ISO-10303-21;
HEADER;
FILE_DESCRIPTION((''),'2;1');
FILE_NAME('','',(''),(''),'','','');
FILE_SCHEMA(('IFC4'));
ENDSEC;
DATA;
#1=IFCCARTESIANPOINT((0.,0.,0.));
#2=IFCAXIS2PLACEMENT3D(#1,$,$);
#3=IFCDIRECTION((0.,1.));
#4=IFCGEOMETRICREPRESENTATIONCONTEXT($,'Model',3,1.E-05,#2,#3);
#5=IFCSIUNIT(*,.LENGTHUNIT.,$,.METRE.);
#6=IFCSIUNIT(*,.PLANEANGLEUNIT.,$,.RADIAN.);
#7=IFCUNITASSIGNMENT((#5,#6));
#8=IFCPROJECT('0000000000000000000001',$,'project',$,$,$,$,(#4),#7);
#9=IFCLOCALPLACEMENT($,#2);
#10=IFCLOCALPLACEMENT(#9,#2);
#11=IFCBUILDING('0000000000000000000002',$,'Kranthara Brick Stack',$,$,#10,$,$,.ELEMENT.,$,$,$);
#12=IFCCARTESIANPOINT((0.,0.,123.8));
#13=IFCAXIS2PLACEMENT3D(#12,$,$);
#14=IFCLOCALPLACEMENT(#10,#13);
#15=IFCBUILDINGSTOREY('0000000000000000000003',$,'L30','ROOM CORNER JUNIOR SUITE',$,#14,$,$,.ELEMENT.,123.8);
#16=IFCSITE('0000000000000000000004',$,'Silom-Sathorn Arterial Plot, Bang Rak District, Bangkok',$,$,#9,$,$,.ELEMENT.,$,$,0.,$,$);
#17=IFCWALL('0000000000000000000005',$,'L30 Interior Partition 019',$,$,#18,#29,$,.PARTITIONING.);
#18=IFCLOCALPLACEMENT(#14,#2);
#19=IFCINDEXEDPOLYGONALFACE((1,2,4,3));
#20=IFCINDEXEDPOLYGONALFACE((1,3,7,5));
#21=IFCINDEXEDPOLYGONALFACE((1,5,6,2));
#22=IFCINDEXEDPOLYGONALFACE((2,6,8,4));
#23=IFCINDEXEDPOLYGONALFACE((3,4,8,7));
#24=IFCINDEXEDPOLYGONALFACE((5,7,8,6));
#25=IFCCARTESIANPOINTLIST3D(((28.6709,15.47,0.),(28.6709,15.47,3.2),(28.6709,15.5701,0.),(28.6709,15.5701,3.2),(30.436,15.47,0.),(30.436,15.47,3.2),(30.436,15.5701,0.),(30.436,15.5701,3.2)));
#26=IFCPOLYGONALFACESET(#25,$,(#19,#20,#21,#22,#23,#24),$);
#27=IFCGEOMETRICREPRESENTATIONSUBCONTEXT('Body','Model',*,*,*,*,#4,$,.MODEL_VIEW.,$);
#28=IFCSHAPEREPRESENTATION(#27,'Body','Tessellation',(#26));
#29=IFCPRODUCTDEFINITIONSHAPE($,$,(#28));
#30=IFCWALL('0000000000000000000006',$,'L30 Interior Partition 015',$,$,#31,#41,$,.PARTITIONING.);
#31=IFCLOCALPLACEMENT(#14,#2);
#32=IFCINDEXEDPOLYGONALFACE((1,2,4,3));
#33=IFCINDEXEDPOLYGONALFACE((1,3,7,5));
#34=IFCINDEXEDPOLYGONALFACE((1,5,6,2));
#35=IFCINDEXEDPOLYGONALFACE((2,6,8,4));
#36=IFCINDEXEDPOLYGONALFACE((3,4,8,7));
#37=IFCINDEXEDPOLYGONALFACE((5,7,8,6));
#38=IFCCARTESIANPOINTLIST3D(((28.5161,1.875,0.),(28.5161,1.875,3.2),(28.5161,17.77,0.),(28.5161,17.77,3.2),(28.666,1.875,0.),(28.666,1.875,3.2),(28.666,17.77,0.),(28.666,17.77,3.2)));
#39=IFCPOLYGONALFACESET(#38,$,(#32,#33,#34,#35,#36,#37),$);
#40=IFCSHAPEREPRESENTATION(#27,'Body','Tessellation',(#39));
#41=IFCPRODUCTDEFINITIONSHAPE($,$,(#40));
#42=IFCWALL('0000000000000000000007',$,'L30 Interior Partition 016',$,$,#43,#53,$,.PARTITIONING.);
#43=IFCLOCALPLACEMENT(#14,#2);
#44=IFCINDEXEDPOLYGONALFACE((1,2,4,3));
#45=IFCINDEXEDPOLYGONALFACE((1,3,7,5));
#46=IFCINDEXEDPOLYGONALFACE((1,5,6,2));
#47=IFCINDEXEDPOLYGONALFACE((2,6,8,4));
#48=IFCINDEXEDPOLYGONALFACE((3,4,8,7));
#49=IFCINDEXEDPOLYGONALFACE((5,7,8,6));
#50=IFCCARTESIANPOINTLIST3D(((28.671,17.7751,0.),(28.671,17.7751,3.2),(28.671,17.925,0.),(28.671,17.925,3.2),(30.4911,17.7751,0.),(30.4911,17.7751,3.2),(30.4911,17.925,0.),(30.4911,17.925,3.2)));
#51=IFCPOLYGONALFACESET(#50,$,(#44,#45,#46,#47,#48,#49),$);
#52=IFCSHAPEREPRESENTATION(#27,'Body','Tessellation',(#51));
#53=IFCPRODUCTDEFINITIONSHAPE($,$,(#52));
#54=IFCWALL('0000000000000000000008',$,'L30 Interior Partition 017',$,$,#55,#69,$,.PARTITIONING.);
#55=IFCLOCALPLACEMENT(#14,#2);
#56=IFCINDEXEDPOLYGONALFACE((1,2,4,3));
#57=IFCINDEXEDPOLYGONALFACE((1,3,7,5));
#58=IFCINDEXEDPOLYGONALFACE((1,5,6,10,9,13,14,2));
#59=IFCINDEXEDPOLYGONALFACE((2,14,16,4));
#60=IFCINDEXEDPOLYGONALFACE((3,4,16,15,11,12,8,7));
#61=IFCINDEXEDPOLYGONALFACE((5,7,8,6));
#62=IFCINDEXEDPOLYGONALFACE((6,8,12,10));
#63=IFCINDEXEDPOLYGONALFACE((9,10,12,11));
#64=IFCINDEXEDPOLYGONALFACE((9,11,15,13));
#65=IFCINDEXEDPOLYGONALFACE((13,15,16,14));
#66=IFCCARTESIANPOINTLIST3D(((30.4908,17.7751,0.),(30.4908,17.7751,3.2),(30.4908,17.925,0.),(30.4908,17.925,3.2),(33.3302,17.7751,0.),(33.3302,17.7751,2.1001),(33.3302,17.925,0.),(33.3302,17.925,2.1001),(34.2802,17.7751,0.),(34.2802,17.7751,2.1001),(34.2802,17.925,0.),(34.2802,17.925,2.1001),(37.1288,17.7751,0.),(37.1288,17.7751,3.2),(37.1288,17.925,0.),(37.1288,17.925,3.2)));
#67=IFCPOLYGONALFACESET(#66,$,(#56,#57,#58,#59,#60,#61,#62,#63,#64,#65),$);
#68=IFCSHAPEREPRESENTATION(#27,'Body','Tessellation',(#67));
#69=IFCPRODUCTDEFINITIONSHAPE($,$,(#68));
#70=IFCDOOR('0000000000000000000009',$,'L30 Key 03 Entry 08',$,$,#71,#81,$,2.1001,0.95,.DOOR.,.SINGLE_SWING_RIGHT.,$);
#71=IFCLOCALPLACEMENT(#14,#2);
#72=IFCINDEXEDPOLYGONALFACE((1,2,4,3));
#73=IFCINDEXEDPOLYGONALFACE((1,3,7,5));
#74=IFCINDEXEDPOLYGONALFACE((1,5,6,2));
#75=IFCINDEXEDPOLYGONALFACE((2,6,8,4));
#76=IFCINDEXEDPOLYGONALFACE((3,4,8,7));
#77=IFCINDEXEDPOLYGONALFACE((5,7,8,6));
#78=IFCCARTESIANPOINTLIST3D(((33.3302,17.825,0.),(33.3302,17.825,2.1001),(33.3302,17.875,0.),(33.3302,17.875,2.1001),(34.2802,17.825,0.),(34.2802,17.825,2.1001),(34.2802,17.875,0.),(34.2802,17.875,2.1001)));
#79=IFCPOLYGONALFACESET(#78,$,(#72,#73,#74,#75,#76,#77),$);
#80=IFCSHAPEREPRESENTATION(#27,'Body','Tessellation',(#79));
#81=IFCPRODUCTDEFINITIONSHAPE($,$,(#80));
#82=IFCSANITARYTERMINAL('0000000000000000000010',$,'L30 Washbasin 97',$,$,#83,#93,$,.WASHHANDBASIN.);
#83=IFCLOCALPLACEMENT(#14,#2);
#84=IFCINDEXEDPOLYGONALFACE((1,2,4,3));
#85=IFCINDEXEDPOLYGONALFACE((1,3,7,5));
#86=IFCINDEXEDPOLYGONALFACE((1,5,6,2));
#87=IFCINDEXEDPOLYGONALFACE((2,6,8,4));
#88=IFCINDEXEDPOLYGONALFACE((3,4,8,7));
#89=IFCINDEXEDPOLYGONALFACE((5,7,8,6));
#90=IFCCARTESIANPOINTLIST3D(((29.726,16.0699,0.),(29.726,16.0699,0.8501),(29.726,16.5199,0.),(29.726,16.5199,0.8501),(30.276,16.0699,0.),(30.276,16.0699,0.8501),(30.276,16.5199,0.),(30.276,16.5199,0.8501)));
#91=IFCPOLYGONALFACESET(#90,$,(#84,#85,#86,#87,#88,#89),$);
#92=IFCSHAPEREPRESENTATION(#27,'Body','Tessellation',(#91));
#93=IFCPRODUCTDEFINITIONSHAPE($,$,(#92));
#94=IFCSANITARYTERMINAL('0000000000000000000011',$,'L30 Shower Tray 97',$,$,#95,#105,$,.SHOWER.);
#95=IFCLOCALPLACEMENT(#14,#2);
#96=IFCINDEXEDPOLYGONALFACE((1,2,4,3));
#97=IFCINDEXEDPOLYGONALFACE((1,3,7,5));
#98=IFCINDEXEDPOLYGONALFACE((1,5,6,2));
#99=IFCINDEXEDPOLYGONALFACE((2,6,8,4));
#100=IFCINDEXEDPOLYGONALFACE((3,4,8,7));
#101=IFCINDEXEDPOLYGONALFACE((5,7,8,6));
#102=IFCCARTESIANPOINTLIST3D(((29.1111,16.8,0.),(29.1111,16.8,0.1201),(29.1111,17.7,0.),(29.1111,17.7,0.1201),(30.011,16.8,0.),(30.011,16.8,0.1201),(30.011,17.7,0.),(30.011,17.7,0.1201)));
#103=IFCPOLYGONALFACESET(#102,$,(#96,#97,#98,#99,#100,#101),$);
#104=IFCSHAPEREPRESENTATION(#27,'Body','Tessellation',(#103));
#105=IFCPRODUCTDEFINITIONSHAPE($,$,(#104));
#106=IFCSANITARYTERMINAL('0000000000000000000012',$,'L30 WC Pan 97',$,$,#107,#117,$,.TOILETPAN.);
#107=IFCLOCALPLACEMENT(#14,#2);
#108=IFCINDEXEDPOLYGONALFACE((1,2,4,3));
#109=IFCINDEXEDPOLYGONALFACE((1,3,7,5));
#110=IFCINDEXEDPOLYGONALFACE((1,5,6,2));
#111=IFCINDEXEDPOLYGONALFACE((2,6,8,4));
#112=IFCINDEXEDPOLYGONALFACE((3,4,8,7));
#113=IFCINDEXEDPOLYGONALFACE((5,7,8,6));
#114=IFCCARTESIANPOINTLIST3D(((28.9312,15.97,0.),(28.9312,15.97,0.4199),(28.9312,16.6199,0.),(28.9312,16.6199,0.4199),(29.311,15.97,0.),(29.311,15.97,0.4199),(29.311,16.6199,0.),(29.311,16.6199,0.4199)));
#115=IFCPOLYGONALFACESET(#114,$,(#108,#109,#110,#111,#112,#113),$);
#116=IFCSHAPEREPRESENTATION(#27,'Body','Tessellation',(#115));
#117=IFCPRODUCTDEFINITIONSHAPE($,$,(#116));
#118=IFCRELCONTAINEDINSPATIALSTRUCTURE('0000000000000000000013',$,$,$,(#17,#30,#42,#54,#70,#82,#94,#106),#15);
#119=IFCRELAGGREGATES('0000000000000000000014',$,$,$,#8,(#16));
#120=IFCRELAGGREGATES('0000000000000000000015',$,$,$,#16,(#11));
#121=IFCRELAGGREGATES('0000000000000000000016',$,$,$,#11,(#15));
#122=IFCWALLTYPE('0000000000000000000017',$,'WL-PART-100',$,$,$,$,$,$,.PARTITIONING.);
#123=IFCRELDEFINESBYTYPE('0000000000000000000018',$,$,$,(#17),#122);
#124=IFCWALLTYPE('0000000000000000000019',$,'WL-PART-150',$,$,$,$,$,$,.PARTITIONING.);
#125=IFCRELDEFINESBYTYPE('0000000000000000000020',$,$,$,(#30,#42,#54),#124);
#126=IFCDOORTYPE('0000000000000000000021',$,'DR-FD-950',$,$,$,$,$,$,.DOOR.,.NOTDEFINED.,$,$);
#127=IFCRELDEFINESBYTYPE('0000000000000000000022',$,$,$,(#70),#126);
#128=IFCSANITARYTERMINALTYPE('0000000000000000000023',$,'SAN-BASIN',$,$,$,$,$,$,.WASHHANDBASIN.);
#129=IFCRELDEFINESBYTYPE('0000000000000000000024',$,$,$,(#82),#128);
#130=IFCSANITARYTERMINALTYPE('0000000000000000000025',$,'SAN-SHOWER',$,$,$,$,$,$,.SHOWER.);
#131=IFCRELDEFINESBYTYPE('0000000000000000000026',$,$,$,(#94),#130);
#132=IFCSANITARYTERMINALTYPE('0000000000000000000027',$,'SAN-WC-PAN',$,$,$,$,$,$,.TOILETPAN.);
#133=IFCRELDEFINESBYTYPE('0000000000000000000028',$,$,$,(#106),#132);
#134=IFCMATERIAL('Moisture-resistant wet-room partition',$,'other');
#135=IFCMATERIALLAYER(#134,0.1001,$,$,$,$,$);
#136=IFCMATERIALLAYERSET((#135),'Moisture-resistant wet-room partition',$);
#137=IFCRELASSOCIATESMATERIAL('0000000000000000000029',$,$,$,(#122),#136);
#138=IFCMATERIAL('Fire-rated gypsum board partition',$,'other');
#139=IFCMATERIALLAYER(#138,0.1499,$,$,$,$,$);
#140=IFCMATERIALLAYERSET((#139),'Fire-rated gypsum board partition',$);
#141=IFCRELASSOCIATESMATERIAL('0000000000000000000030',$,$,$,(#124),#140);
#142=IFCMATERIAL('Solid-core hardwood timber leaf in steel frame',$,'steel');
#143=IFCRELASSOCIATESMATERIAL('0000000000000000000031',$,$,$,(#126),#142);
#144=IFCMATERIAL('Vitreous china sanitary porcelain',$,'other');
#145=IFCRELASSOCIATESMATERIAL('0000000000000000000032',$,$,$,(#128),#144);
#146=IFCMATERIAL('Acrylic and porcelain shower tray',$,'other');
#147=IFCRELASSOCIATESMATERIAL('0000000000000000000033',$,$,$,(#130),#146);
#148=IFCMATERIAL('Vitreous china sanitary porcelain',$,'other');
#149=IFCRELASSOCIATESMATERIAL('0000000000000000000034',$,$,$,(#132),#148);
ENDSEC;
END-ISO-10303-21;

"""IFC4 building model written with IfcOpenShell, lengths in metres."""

from ifc_helpers import new_model, si_unit, direction, frame, frame_2d, origin, origin_2d, place, context, subcontext, project, spatial, rectangle, extrude, material, layer, layer_set, type_object, element, fill, save


model = new_model("IFC4")

# Units and contexts
model_context = context("Model", 3, precision=1e-05, world=origin(), true_north=direction((0.0, 1.0)))
body_context = subcontext(model_context, "Body", "Model", "MODEL_VIEW")
ifc_project = project(units=[si_unit("LENGTHUNIT", "METRE"), si_unit("PLANEANGLEUNIT", "RADIAN")], contexts=[model_context])

# Site, building, storey
site_placement = place(None, origin())
site = spatial("IfcSite", under=ifc_project, at=site_placement, Name="Silom-Sathorn Arterial Plot, Bang Rak District, Bangkok", CompositionType="ELEMENT", RefElevation=0.0)
building_placement = place(site_placement, origin())
building = spatial("IfcBuilding", under=site, at=building_placement, Name="Kranthara Brick Stack", CompositionType="ELEMENT")
storey_placement = place(building_placement, frame((0.0, 0.0, 123.8)))
storey = spatial("IfcBuildingStorey", under=building, at=storey_placement, Name="L30", Description="ROOM CORNER JUNIOR SUITE", CompositionType="ELEMENT", Elevation=123.8)

# Shared definitions
ifc_material_1 = material(Name="Moisture-resistant wet-room partition", Category="other")
ifc_layer_1 = layer(ifc_material_1, 0.1001)
ifc_layer_set_1 = layer_set([ifc_layer_1], Name="Moisture-resistant wet-room partition")
wall_type_1 = type_object("IfcWallType", Name="WL-PART-100", PredefinedType="PARTITIONING", material=ifc_layer_set_1)

# Walls
wall_1_placement = place(storey_placement, frame((28.6709, 15.52, 0.0), z_axis=(0.0, 0.0, 1.0), x_axis=(1.0, 0.0, 0.0)))
element("IfcWall", 1, at=wall_1_placement, inside=storey, type_object=wall_type_1, Name="L30 Interior Partition 019", PredefinedType="PARTITIONING", context=body_context, shape_type="SweptSolid", body=[
    extrude(rectangle(XDim=1.7651, YDim=0.1001, at=frame_2d((0.8826, 0.0))), origin(), (0.0, 0.0, 1.0), 3.2),
])
ifc_material_2 = material(Name="Fire-rated gypsum board partition", Category="other")
ifc_layer_2 = layer(ifc_material_2, 0.1499)
ifc_layer_set_2 = layer_set([ifc_layer_2], Name="Fire-rated gypsum board partition")
wall_type_2 = type_object("IfcWallType", Name="WL-PART-150", PredefinedType="PARTITIONING", material=ifc_layer_set_2)
wall_2_placement = place(storey_placement, frame((28.5911, 1.875, 0.0), z_axis=(0.0, 0.0, 1.0), x_axis=(0.0, 1.0, 0.0)))
element("IfcWall", 2, at=wall_2_placement, inside=storey, type_object=wall_type_2, Name="L30 Interior Partition 015", PredefinedType="PARTITIONING", context=body_context, shape_type="SweptSolid", body=[
    extrude(rectangle(XDim=15.895, YDim=0.1499, at=frame_2d((7.9475, 0.0))), origin(), (0.0, 0.0, 1.0), 3.2),
])
wall_3_placement = place(storey_placement, frame((28.6709, 17.8501, 0.0), z_axis=(0.0, 0.0, 1.0), x_axis=(1.0, 0.0, 0.0)))
element("IfcWall", 3, at=wall_3_placement, inside=storey, type_object=wall_type_2, Name="L30 Interior Partition 016", PredefinedType="PARTITIONING", context=body_context, shape_type="SweptSolid", body=[
    extrude(rectangle(XDim=1.8201, YDim=0.1499, at=frame_2d((0.9102, 0.0))), origin(), (0.0, 0.0, 1.0), 3.2),
])

# Wall, opening, door
wall_4_placement = place(storey_placement, frame((30.491, 17.8501, 0.0), z_axis=(0.0, 0.0, 1.0), x_axis=(1.0, 0.0, 0.0)))
wall_4 = element("IfcWall", 4, at=wall_4_placement, inside=storey, type_object=wall_type_2, Name="L30 Interior Partition 017", PredefinedType="PARTITIONING", context=body_context, shape_type="SweptSolid", body=[
    extrude(rectangle(XDim=6.6379, YDim=0.1499, at=frame_2d((3.3188, 0.0))), origin(), (0.0, 0.0, 1.0), 3.2),
])
opening_1_placement = place(wall_4_placement, frame((2.8391, 0.0, 0.0)))
opening_1 = element("IfcOpeningElement", 5, at=opening_1_placement, cuts=wall_4, PredefinedType="OPENING", context=body_context, shape_type="SweptSolid", body=[
    extrude(rectangle(XDim=0.95, YDim=2.1001, at=frame_2d((0.4751, 1.05))), frame((0.0, 0.085, 0.0), z_axis=(0.0, -1.0, 0.0), x_axis=(1.0, 0.0, 0.0)), (0.0, 0.0, 1.0), 0.1699),
])
ifc_material_3 = material(Name="Solid-core hardwood timber leaf in steel frame", Category="steel")
door_type_1 = type_object("IfcDoorType", Name="DR-FD-950", OperationType="NOTDEFINED", PredefinedType="DOOR", material=ifc_material_3)
door_1_placement = place(opening_1_placement, origin())
door_1 = element("IfcDoor", 6, at=door_1_placement, inside=storey, type_object=door_type_1, Name="L30 Key 03 Entry 08", OperationType="SINGLE_SWING_RIGHT", OverallHeight=2.1001, OverallWidth=0.95, PredefinedType="DOOR", context=body_context, shape_type="SweptSolid", body=[
    extrude(rectangle(XDim=0.95, YDim=2.1001, at=frame_2d((0.4751, 1.05))), frame((0.0, 0.0249, 0.0), z_axis=(0.0, -1.0, 0.0), x_axis=(1.0, 0.0, 0.0)), (0.0, 0.0, 1.0), 0.05),
])
fill(opening_1, door_1)

# Sanitary terminals
ifc_material_4 = material(Name="Vitreous china sanitary porcelain", Category="other")
sanitary_terminal_type_1 = type_object("IfcSanitaryTerminalType", Name="SAN-BASIN", PredefinedType="WASHHANDBASIN", material=ifc_material_4)
sanitary_terminal_1_placement = place(storey_placement, frame((30.001, 16.2949, 0.0), z_axis=(0.0, 0.0, 1.0), x_axis=(1.0, 0.0, 0.0)))
element("IfcSanitaryTerminal", 7, at=sanitary_terminal_1_placement, inside=storey, type_object=sanitary_terminal_type_1, Name="L30 Washbasin 97", PredefinedType="WASHHANDBASIN", context=body_context, shape_type="SweptSolid", body=[
    extrude(rectangle(XDim=0.55, YDim=0.45, at=origin_2d()), origin(), (0.0, 0.0, 1.0), 0.8501),
])
ifc_material_5 = material(Name="Acrylic and porcelain shower tray", Category="other")
sanitary_terminal_type_2 = type_object("IfcSanitaryTerminalType", Name="SAN-SHOWER", PredefinedType="SHOWER", material=ifc_material_5)
sanitary_terminal_2_placement = place(storey_placement, frame((29.561, 17.25, 0.0), z_axis=(0.0, 0.0, 1.0), x_axis=(1.0, 0.0, 0.0)))
element("IfcSanitaryTerminal", 8, at=sanitary_terminal_2_placement, inside=storey, type_object=sanitary_terminal_type_2, Name="L30 Shower Tray 97", PredefinedType="SHOWER", context=body_context, shape_type="SweptSolid", body=[
    extrude(rectangle(XDim=0.8999, YDim=0.8999, at=origin_2d()), origin(), (0.0, 0.0, 1.0), 0.1201),
])
ifc_material_6 = material(Name="Vitreous china sanitary porcelain", Category="other")
sanitary_terminal_type_3 = type_object("IfcSanitaryTerminalType", Name="SAN-WC-PAN", PredefinedType="TOILETPAN", material=ifc_material_6)
sanitary_terminal_3_placement = place(storey_placement, frame((29.1211, 16.2949, 0.0), z_axis=(0.0, 0.0, 1.0), x_axis=(1.0, 0.0, 0.0)))
element("IfcSanitaryTerminal", 9, at=sanitary_terminal_3_placement, inside=storey, type_object=sanitary_terminal_type_3, Name="L30 WC Pan 97", PredefinedType="TOILETPAN", context=body_context, shape_type="SweptSolid", body=[
    extrude(rectangle(XDim=0.3799, YDim=0.6499, at=origin_2d()), origin(), (0.0, 0.0, 1.0), 0.4199),
])

save(model, "model.ifc")
